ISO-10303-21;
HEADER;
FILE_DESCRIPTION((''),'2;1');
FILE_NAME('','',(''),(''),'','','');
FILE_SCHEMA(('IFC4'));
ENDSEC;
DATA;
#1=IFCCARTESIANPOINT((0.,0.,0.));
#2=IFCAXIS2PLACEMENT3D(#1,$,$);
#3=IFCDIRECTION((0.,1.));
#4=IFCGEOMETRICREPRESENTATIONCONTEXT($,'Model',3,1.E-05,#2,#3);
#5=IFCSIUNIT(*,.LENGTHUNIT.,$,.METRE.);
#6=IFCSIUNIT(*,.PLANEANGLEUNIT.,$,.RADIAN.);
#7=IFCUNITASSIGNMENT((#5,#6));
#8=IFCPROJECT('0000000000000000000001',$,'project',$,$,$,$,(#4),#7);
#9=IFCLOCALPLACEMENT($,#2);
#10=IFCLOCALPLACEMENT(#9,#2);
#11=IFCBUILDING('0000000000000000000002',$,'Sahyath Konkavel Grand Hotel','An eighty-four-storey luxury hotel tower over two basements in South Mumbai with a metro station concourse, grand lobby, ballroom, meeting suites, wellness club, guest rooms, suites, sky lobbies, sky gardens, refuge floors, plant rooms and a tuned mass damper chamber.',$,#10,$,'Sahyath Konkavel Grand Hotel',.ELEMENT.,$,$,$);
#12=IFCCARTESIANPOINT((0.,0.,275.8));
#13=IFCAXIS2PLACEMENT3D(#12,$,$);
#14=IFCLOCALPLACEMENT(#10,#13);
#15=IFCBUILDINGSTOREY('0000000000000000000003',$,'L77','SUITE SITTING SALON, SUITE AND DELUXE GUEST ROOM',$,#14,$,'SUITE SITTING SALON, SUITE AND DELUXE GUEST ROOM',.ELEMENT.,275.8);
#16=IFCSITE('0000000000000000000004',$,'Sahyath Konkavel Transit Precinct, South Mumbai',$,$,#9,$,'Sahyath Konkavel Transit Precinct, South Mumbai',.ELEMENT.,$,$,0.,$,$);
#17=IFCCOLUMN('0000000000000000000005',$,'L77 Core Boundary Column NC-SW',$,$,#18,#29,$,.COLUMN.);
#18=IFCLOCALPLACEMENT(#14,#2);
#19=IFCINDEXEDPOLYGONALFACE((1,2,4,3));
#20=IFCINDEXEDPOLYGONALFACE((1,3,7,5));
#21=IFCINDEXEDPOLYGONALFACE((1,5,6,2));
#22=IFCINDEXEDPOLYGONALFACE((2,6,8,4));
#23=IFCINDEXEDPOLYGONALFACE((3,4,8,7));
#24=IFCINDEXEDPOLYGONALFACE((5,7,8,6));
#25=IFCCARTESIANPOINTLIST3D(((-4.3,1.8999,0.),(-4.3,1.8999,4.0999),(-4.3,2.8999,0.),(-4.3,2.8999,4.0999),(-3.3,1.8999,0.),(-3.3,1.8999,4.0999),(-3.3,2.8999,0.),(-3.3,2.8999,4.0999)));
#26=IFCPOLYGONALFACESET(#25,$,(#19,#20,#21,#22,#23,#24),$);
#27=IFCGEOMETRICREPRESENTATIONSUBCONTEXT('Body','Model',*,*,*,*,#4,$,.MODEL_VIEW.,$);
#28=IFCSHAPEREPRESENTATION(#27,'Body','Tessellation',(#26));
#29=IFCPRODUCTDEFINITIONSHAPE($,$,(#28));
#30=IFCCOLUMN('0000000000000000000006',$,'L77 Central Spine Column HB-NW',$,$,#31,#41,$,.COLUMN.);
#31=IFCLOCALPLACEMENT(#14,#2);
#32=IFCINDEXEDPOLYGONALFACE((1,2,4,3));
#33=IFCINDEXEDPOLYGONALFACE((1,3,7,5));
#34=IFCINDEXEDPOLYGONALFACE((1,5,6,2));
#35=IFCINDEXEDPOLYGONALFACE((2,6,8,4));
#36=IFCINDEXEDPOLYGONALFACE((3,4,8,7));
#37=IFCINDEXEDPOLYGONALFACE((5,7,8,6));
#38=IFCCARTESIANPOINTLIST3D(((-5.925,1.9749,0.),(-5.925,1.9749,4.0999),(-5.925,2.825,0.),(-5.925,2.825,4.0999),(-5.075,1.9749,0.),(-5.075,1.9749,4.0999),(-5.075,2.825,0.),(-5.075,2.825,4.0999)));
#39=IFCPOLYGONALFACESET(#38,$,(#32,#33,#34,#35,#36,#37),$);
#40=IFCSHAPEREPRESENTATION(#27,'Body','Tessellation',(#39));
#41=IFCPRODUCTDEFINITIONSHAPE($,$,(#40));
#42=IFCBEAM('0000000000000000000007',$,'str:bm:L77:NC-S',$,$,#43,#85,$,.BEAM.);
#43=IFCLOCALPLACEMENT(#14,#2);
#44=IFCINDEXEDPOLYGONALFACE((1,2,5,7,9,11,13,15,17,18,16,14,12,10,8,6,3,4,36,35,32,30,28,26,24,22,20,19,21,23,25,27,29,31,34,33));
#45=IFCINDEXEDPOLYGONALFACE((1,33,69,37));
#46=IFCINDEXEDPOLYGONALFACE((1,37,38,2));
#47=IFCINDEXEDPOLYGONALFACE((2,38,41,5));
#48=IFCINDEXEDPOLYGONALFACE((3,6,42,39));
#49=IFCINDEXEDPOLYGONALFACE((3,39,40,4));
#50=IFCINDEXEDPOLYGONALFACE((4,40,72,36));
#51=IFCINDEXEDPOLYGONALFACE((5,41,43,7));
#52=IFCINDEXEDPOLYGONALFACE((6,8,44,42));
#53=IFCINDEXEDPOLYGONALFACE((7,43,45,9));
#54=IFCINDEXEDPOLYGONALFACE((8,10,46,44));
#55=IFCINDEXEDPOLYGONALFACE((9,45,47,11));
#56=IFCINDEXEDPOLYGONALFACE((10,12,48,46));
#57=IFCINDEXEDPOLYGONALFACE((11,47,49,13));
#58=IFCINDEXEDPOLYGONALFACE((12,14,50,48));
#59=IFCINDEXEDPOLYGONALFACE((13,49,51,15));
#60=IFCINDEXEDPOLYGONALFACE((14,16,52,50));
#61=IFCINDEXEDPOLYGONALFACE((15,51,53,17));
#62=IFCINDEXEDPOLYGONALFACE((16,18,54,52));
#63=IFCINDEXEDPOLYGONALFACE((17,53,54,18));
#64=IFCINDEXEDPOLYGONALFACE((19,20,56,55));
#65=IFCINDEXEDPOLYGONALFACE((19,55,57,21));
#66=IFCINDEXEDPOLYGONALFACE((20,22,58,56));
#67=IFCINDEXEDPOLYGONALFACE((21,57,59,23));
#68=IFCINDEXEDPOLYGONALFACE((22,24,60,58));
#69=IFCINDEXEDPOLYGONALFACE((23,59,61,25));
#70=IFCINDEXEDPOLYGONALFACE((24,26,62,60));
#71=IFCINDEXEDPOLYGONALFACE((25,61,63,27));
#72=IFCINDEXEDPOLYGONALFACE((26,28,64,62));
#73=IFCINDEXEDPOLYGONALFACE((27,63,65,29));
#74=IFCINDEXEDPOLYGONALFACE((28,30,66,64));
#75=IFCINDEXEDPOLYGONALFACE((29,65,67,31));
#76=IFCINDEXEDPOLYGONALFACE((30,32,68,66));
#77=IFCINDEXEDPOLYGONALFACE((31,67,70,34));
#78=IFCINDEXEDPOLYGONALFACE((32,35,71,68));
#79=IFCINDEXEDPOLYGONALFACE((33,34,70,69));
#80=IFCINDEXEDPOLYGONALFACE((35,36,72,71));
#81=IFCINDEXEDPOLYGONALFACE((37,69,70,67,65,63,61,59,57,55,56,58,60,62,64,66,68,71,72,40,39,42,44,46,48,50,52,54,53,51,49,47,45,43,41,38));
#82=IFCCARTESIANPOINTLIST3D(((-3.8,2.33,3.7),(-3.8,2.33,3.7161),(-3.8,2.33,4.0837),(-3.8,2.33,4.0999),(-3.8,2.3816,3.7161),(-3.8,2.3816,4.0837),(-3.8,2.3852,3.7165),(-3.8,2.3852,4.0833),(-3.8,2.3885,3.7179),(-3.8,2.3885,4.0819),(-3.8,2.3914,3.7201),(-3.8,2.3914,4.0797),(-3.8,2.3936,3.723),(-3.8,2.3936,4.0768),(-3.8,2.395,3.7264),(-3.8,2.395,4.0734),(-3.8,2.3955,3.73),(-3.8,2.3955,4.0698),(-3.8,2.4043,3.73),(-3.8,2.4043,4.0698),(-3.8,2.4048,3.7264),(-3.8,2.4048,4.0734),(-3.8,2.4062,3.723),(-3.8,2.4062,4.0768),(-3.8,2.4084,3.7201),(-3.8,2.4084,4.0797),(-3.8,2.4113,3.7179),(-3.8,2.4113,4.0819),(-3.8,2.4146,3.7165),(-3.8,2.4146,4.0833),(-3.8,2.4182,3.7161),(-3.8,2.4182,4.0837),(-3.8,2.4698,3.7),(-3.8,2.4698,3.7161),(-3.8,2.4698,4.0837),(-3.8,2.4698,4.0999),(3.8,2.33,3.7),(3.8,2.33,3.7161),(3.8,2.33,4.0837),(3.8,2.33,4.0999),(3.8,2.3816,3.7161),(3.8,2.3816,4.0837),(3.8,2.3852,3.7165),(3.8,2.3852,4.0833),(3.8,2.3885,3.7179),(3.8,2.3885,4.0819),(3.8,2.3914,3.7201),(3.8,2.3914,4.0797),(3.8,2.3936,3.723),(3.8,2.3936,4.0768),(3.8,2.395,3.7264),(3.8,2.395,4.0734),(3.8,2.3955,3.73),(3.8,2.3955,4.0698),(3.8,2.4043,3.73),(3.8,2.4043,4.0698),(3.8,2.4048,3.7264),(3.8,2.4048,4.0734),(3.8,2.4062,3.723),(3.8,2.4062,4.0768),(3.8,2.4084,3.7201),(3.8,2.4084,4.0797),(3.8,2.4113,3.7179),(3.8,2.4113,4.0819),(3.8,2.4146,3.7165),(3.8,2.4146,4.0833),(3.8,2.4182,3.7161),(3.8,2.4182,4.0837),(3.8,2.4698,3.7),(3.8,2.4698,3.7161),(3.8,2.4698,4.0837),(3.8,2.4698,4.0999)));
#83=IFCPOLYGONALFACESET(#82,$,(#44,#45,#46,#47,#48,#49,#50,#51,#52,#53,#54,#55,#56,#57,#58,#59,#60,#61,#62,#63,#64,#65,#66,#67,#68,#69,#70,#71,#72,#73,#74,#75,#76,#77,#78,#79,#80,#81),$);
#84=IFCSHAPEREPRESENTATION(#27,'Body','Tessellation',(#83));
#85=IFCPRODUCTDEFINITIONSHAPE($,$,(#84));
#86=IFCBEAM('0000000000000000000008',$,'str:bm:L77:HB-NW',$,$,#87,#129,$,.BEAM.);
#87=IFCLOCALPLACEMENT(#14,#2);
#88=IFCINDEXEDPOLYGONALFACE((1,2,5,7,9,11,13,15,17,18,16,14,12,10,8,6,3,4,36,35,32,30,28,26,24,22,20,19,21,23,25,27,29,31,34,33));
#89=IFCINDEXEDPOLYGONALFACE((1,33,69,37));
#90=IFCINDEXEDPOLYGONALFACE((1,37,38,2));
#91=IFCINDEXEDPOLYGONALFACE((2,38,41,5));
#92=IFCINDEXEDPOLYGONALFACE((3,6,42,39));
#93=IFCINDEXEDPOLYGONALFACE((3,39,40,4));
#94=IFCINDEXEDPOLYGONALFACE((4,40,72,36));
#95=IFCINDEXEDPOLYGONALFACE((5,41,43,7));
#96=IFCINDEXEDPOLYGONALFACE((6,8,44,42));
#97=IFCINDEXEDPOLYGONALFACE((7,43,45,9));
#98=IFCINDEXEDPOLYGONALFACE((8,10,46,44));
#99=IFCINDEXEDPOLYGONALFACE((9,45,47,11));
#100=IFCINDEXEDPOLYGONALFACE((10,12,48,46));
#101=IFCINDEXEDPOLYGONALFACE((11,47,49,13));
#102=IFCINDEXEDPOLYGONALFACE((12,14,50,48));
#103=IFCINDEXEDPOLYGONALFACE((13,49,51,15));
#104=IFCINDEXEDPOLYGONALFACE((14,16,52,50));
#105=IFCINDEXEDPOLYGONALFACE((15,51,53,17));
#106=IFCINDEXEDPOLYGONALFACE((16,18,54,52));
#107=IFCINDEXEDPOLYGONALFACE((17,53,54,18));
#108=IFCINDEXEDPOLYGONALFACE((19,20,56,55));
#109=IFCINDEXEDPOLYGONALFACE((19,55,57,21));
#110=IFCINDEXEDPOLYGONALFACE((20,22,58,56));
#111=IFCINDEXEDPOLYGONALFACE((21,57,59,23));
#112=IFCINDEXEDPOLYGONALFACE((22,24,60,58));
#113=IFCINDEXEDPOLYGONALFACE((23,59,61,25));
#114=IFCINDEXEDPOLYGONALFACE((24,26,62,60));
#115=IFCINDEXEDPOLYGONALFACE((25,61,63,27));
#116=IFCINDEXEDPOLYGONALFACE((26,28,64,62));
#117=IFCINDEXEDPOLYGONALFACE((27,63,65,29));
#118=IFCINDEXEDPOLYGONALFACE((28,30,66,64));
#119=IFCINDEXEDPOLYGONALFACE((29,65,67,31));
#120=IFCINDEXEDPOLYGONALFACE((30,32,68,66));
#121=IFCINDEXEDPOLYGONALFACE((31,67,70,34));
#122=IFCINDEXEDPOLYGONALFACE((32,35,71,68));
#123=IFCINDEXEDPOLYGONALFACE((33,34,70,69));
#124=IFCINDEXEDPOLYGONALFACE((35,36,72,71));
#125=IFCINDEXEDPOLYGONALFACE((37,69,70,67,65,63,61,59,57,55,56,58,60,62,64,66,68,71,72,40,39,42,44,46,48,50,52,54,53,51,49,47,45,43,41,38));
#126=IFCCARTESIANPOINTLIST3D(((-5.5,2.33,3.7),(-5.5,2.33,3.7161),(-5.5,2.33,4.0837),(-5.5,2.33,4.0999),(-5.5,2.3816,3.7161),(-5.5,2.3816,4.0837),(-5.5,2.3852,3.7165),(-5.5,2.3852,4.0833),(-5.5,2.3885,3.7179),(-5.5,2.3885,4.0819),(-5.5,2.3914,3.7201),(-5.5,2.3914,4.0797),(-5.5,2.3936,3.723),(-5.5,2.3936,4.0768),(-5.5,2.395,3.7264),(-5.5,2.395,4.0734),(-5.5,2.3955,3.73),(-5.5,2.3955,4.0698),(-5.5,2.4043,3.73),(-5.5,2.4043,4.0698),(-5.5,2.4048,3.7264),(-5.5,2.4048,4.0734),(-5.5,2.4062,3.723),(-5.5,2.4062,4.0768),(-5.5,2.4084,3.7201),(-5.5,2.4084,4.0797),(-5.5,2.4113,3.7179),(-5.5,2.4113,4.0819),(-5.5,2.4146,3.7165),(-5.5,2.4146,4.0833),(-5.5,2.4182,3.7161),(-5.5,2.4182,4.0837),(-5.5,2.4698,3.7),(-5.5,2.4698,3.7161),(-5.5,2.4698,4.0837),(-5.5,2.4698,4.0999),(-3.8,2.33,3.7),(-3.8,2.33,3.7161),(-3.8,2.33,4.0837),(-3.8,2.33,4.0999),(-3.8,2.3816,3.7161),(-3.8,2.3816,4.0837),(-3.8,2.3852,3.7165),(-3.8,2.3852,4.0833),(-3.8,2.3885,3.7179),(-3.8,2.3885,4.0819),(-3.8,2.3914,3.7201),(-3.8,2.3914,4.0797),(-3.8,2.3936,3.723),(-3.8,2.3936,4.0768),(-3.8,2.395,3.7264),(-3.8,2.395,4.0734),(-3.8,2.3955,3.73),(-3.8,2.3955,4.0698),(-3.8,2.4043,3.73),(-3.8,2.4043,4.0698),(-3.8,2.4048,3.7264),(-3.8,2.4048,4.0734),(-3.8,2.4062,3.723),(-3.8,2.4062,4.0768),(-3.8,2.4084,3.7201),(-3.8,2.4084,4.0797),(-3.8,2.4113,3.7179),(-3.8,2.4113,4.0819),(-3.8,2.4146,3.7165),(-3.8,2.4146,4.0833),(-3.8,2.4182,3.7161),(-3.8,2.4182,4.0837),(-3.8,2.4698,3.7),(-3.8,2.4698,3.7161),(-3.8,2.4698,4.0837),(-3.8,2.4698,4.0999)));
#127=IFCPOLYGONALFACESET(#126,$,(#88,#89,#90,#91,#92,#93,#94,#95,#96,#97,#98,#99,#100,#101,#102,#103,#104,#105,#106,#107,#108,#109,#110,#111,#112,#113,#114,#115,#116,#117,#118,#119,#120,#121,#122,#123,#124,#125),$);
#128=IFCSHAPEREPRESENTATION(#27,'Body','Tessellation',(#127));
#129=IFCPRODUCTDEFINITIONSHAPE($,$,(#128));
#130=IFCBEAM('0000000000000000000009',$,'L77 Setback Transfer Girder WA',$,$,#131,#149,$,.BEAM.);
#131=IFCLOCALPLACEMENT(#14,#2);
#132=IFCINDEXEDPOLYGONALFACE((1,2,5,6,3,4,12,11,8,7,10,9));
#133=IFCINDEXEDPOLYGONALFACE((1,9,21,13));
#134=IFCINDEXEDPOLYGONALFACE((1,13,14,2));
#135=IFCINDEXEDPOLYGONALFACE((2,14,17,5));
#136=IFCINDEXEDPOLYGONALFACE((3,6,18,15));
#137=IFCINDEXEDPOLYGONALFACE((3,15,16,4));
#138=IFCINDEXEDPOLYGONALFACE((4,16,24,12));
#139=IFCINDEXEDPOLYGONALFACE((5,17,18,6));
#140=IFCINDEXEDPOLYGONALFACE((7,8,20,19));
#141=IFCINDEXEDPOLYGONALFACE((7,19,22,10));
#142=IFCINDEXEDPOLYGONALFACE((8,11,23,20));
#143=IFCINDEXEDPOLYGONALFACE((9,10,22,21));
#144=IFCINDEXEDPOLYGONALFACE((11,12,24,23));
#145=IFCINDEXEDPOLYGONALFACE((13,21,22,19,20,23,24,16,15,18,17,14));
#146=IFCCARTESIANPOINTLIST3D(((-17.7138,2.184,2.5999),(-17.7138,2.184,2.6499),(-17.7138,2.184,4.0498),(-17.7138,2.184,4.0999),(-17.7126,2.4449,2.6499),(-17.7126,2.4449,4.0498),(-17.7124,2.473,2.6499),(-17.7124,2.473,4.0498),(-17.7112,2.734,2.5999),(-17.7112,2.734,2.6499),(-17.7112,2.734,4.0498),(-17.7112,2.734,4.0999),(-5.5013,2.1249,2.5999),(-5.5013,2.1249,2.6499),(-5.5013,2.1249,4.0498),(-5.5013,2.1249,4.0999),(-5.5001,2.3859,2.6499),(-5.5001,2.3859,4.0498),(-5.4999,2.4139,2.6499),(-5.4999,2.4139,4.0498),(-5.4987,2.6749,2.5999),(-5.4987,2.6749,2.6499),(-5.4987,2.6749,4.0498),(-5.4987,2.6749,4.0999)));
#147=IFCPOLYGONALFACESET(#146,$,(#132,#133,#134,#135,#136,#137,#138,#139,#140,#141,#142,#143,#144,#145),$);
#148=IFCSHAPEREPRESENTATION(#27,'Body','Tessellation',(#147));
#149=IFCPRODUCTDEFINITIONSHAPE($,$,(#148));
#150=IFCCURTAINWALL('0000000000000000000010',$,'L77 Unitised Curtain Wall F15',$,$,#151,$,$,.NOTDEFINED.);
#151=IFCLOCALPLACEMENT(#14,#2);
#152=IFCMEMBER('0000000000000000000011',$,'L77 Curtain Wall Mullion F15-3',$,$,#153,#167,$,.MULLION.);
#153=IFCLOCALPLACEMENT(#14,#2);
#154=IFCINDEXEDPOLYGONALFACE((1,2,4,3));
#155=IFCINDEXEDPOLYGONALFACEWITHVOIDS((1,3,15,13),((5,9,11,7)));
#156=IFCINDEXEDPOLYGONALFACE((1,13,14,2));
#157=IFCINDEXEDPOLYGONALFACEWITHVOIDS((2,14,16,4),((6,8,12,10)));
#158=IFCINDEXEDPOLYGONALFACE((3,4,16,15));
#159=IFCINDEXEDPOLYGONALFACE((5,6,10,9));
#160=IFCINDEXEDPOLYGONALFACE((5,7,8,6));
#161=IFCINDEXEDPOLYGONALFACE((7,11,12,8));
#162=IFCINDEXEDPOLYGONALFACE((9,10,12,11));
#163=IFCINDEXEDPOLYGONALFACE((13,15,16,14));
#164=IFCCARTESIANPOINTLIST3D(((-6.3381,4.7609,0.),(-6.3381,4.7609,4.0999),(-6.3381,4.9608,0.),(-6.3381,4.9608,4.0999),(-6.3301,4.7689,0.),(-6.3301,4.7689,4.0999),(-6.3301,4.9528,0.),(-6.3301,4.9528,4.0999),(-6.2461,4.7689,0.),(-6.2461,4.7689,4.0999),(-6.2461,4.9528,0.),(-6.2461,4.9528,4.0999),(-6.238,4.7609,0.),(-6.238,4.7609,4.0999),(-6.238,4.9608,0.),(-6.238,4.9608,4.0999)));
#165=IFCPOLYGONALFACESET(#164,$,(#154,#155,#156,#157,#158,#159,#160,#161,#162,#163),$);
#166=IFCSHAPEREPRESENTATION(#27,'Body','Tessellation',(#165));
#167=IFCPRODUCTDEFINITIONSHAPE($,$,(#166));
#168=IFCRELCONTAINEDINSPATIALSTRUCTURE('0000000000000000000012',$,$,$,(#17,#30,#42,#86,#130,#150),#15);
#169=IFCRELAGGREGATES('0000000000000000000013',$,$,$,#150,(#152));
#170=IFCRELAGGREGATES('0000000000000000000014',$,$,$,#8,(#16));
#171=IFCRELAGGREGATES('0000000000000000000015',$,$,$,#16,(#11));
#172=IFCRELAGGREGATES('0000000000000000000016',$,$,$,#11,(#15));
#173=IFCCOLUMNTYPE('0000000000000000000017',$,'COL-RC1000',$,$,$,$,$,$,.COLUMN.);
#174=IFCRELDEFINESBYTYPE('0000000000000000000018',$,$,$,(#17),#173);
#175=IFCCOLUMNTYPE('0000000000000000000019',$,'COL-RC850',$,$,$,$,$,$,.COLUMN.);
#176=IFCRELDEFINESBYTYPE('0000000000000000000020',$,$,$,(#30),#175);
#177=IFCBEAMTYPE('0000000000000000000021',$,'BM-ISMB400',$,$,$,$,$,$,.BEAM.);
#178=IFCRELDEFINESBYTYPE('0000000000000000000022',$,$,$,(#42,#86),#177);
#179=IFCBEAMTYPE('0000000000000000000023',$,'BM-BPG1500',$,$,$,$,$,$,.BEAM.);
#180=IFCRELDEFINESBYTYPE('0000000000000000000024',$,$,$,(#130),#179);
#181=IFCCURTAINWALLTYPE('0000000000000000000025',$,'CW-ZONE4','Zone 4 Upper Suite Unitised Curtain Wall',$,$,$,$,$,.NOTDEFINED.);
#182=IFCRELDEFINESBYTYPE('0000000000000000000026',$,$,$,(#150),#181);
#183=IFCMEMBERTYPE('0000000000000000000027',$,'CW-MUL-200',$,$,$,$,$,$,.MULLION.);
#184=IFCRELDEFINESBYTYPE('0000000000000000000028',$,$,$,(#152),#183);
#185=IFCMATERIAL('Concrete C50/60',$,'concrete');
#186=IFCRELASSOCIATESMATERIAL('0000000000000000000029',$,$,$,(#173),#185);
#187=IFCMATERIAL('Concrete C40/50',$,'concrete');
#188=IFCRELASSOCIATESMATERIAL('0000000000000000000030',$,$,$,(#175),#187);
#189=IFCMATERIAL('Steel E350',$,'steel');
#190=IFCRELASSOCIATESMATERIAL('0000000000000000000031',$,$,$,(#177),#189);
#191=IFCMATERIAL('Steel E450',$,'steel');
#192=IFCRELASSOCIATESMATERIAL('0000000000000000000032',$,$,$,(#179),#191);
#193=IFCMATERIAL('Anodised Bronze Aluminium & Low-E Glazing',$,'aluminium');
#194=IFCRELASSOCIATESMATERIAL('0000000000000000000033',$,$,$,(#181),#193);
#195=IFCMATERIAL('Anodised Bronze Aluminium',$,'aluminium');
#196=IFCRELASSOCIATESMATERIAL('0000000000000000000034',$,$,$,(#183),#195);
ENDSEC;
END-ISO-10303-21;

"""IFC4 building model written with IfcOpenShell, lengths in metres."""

from ifc_helpers import new_model, si_unit, direction, frame, origin, origin_2d, place, context, subcontext, project, spatial, rectangle, hollow_rectangle, i_section, extrude, source, transform, mapped, material, material_profile, profile_set, type_object, element, aggregate, save


model = new_model("IFC4")

# Units and contexts
model_context = context("Model", 3, precision=1e-05, world=origin(), true_north=direction((0.0, 1.0)))
body_context = subcontext(model_context, "Body", "Model", "MODEL_VIEW")
ifc_project = project(units=[si_unit("LENGTHUNIT", "METRE"), si_unit("PLANEANGLEUNIT", "RADIAN")], contexts=[model_context])

# Site, building, storey
site_placement = place(None, origin())
site = spatial("IfcSite", under=ifc_project, at=site_placement, Name="Sahyath Konkavel Transit Precinct, South Mumbai", LongName="Sahyath Konkavel Transit Precinct, South Mumbai", CompositionType="ELEMENT", RefElevation=0.0)
building_placement = place(site_placement, origin())
building = spatial("IfcBuilding", under=site, at=building_placement, Name="Sahyath Konkavel Grand Hotel", Description="An eighty-four-storey luxury hotel tower over two basements in South Mumbai with a metro station concourse, grand lobby, ballroom, meeting suites, wellness club, guest rooms, suites, sky lobbies, sky gardens, refuge floors, plant rooms and a tuned mass damper chamber.", LongName="Sahyath Konkavel Grand Hotel", CompositionType="ELEMENT")
storey_placement = place(building_placement, frame((0.0, 0.0, 275.8)))
storey = spatial("IfcBuildingStorey", under=building, at=storey_placement, Name="L77", Description="SUITE SITTING SALON, SUITE AND DELUXE GUEST ROOM", LongName="SUITE SITTING SALON, SUITE AND DELUXE GUEST ROOM", CompositionType="ELEMENT", Elevation=275.8)

# Columns
ifc_material_1 = material(Name="Concrete C50/60", Category="concrete")
ifc_material_profile_1 = material_profile(ifc_material_1, rectangle(XDim=1.0, YDim=1.0, at=origin_2d()), Name="RC 1000x1000")
ifc_profile_set_1 = profile_set([ifc_material_profile_1], Name="Concrete C50/60")
column_type_1 = type_object("IfcColumnType", Name="COL-RC1000", PredefinedType="COLUMN", material=ifc_profile_set_1)
shared_shape_1 = source(origin(), body_context, "Body", "SweptSolid", [
    extrude(rectangle(XDim=1.0, YDim=1.0, at=origin_2d()), origin(), (0.0, 0.0, 1.0), 4.0999),
])
column_1_placement = place(storey_placement, frame((-3.8, 2.3999, 0.0), z_axis=(0.0, 0.0, 1.0), x_axis=(1.0, 0.0, 0.0)))
element("IfcColumn", 1, at=column_1_placement, inside=storey, type_object=column_type_1, Name="L77 Core Boundary Column NC-SW", PredefinedType="COLUMN", context=body_context, shape_type="MappedRepresentation", body=[
    mapped(shared_shape_1, transform((0.0, 0.0, 0.0), scale=1.0)),
])
ifc_material_2 = material(Name="Concrete C40/50", Category="concrete")
ifc_material_profile_2 = material_profile(ifc_material_2, rectangle(XDim=0.8501, YDim=0.8501, at=origin_2d()), Name="RC 850x850")
ifc_profile_set_2 = profile_set([ifc_material_profile_2], Name="Concrete C40/50")
column_type_2 = type_object("IfcColumnType", Name="COL-RC850", PredefinedType="COLUMN", material=ifc_profile_set_2)
shared_shape_2 = source(origin(), body_context, "Body", "SweptSolid", [
    extrude(rectangle(XDim=0.8501, YDim=0.8501, at=origin_2d()), origin(), (0.0, 0.0, 1.0), 4.0999),
])
column_2_placement = place(storey_placement, frame((-5.5, 2.3999, 0.0), z_axis=(0.0, 0.0, 1.0), x_axis=(1.0, 0.0, 0.0)))
element("IfcColumn", 2, at=column_2_placement, inside=storey, type_object=column_type_2, Name="L77 Central Spine Column HB-NW", PredefinedType="COLUMN", context=body_context, shape_type="MappedRepresentation", body=[
    mapped(shared_shape_2, transform((0.0, 0.0, 0.0), scale=1.0)),
])

# Beams
ifc_material_3 = material(Name="Steel E350", Category="steel")
ifc_material_profile_3 = material_profile(ifc_material_3, i_section(OverallWidth=0.1399, OverallDepth=0.3999, WebThickness=0.0088, FlangeThickness=0.0161, FilletRadius=0.0139, at=origin_2d()), Name="ISMB 400")
ifc_profile_set_3 = profile_set([ifc_material_profile_3], Name="Steel E350")
beam_type_1 = type_object("IfcBeamType", Name="BM-ISMB400", PredefinedType="BEAM", material=ifc_profile_set_3)
shared_shape_3 = source(origin(), body_context, "Body", "SweptSolid", [
    extrude(i_section(OverallWidth=0.1399, OverallDepth=0.3999, WebThickness=0.0088, FlangeThickness=0.0161, FilletRadius=0.0139, at=origin_2d()), origin(), (0.0, 0.0, 1.0), 7.6001),
])
beam_1_placement = place(storey_placement, frame((-3.8, 2.3999, 3.8999), z_axis=(1.0, 0.0, 0.0), x_axis=(0.0, 1.0, 0.0)))
element("IfcBeam", 3, at=beam_1_placement, inside=storey, type_object=beam_type_1, Name="str:bm:L77:NC-S", PredefinedType="BEAM", context=body_context, shape_type="MappedRepresentation", body=[
    mapped(shared_shape_3, transform((0.0, 0.0, 0.0), scale=1.0)),
])
shared_shape_4 = source(origin(), body_context, "Body", "SweptSolid", [
    extrude(i_section(OverallWidth=0.1399, OverallDepth=0.3999, WebThickness=0.0088, FlangeThickness=0.0161, FilletRadius=0.0139, at=origin_2d()), origin(), (0.0, 0.0, 1.0), 1.7),
])
beam_2_placement = place(storey_placement, frame((-5.5, 2.3999, 3.8999), z_axis=(1.0, 0.0, 0.0), x_axis=(0.0, 1.0, 0.0)))
element("IfcBeam", 4, at=beam_2_placement, inside=storey, type_object=beam_type_1, Name="str:bm:L77:HB-NW", PredefinedType="BEAM", context=body_context, shape_type="MappedRepresentation", body=[
    mapped(shared_shape_4, transform((0.0, 0.0, 0.0), scale=1.0)),
])
ifc_material_4 = material(Name="Steel E450", Category="steel")
ifc_material_profile_4 = material_profile(ifc_material_4, i_section(OverallWidth=0.55, OverallDepth=1.5, WebThickness=0.0281, FlangeThickness=0.05, at=origin_2d()), Name="BPG 1500x550")
ifc_profile_set_4 = profile_set([ifc_material_profile_4], Name="Steel E450")
beam_type_2 = type_object("IfcBeamType", Name="BM-BPG1500", PredefinedType="BEAM", material=ifc_profile_set_4)
shared_shape_5 = source(origin(), body_context, "Body", "SweptSolid", [
    extrude(i_section(OverallWidth=0.55, OverallDepth=1.5, WebThickness=0.0281, FlangeThickness=0.05, at=origin_2d()), origin(), (0.0, 0.0, 1.0), 12.2126),
])
beam_3_placement = place(storey_placement, frame((-5.5, 2.3999, 3.3499), z_axis=(-0.999988, 0.004838, 0.0), x_axis=(-0.004838, -0.999988, 0.0)))
element("IfcBeam", 5, at=beam_3_placement, inside=storey, type_object=beam_type_2, Name="L77 Setback Transfer Girder WA", PredefinedType="BEAM", context=body_context, shape_type="MappedRepresentation", body=[
    mapped(shared_shape_5, transform((0.0, 0.0, 0.0), scale=1.0)),
])

# Curtain wall, member
ifc_material_5 = material(Name="Anodised Bronze Aluminium & Low-E Glazing", Category="aluminium")
curtain_wall_type = type_object("IfcCurtainWallType", Name="CW-ZONE4", Description="Zone 4 Upper Suite Unitised Curtain Wall", PredefinedType="NOTDEFINED", material=ifc_material_5)
curtain_wall_placement = place(storey_placement, origin())
curtain_wall = element("IfcCurtainWall", 6, at=curtain_wall_placement, inside=storey, type_object=curtain_wall_type, Name="L77 Unitised Curtain Wall F15", PredefinedType="NOTDEFINED")
ifc_material_6 = material(Name="Anodised Bronze Aluminium", Category="aluminium")
ifc_material_profile_5 = material_profile(ifc_material_6, hollow_rectangle(XDim=0.1001, YDim=0.2, WallThickness=0.0081, at=origin_2d()), Name="RHS 200x100x8")
ifc_profile_set_5 = profile_set([ifc_material_profile_5], Name="Anodised Bronze Aluminium")
member_type = type_object("IfcMemberType", Name="CW-MUL-200", PredefinedType="MULLION", material=ifc_profile_set_5)
shared_shape_6 = source(origin(), body_context, "Body", "SweptSolid", [
    extrude(hollow_rectangle(XDim=0.1001, YDim=0.2, WallThickness=0.0081, at=origin_2d()), origin(), (0.0, 0.0, 1.0), 4.0999),
])
member_placement = place(storey_placement, frame((-6.2881, 4.8608, 0.0), z_axis=(0.0, 0.0, 1.0), x_axis=(1.0, 0.0, 0.0)))
member = element("IfcMember", 7, at=member_placement, type_object=member_type, Name="L77 Curtain Wall Mullion F15-3", PredefinedType="MULLION", context=body_context, shape_type="MappedRepresentation", body=[
    mapped(shared_shape_6, transform((0.0, 0.0, 0.0), scale=1.0)),
])

aggregate(curtain_wall, [member])

save(model, "model.ifc")
